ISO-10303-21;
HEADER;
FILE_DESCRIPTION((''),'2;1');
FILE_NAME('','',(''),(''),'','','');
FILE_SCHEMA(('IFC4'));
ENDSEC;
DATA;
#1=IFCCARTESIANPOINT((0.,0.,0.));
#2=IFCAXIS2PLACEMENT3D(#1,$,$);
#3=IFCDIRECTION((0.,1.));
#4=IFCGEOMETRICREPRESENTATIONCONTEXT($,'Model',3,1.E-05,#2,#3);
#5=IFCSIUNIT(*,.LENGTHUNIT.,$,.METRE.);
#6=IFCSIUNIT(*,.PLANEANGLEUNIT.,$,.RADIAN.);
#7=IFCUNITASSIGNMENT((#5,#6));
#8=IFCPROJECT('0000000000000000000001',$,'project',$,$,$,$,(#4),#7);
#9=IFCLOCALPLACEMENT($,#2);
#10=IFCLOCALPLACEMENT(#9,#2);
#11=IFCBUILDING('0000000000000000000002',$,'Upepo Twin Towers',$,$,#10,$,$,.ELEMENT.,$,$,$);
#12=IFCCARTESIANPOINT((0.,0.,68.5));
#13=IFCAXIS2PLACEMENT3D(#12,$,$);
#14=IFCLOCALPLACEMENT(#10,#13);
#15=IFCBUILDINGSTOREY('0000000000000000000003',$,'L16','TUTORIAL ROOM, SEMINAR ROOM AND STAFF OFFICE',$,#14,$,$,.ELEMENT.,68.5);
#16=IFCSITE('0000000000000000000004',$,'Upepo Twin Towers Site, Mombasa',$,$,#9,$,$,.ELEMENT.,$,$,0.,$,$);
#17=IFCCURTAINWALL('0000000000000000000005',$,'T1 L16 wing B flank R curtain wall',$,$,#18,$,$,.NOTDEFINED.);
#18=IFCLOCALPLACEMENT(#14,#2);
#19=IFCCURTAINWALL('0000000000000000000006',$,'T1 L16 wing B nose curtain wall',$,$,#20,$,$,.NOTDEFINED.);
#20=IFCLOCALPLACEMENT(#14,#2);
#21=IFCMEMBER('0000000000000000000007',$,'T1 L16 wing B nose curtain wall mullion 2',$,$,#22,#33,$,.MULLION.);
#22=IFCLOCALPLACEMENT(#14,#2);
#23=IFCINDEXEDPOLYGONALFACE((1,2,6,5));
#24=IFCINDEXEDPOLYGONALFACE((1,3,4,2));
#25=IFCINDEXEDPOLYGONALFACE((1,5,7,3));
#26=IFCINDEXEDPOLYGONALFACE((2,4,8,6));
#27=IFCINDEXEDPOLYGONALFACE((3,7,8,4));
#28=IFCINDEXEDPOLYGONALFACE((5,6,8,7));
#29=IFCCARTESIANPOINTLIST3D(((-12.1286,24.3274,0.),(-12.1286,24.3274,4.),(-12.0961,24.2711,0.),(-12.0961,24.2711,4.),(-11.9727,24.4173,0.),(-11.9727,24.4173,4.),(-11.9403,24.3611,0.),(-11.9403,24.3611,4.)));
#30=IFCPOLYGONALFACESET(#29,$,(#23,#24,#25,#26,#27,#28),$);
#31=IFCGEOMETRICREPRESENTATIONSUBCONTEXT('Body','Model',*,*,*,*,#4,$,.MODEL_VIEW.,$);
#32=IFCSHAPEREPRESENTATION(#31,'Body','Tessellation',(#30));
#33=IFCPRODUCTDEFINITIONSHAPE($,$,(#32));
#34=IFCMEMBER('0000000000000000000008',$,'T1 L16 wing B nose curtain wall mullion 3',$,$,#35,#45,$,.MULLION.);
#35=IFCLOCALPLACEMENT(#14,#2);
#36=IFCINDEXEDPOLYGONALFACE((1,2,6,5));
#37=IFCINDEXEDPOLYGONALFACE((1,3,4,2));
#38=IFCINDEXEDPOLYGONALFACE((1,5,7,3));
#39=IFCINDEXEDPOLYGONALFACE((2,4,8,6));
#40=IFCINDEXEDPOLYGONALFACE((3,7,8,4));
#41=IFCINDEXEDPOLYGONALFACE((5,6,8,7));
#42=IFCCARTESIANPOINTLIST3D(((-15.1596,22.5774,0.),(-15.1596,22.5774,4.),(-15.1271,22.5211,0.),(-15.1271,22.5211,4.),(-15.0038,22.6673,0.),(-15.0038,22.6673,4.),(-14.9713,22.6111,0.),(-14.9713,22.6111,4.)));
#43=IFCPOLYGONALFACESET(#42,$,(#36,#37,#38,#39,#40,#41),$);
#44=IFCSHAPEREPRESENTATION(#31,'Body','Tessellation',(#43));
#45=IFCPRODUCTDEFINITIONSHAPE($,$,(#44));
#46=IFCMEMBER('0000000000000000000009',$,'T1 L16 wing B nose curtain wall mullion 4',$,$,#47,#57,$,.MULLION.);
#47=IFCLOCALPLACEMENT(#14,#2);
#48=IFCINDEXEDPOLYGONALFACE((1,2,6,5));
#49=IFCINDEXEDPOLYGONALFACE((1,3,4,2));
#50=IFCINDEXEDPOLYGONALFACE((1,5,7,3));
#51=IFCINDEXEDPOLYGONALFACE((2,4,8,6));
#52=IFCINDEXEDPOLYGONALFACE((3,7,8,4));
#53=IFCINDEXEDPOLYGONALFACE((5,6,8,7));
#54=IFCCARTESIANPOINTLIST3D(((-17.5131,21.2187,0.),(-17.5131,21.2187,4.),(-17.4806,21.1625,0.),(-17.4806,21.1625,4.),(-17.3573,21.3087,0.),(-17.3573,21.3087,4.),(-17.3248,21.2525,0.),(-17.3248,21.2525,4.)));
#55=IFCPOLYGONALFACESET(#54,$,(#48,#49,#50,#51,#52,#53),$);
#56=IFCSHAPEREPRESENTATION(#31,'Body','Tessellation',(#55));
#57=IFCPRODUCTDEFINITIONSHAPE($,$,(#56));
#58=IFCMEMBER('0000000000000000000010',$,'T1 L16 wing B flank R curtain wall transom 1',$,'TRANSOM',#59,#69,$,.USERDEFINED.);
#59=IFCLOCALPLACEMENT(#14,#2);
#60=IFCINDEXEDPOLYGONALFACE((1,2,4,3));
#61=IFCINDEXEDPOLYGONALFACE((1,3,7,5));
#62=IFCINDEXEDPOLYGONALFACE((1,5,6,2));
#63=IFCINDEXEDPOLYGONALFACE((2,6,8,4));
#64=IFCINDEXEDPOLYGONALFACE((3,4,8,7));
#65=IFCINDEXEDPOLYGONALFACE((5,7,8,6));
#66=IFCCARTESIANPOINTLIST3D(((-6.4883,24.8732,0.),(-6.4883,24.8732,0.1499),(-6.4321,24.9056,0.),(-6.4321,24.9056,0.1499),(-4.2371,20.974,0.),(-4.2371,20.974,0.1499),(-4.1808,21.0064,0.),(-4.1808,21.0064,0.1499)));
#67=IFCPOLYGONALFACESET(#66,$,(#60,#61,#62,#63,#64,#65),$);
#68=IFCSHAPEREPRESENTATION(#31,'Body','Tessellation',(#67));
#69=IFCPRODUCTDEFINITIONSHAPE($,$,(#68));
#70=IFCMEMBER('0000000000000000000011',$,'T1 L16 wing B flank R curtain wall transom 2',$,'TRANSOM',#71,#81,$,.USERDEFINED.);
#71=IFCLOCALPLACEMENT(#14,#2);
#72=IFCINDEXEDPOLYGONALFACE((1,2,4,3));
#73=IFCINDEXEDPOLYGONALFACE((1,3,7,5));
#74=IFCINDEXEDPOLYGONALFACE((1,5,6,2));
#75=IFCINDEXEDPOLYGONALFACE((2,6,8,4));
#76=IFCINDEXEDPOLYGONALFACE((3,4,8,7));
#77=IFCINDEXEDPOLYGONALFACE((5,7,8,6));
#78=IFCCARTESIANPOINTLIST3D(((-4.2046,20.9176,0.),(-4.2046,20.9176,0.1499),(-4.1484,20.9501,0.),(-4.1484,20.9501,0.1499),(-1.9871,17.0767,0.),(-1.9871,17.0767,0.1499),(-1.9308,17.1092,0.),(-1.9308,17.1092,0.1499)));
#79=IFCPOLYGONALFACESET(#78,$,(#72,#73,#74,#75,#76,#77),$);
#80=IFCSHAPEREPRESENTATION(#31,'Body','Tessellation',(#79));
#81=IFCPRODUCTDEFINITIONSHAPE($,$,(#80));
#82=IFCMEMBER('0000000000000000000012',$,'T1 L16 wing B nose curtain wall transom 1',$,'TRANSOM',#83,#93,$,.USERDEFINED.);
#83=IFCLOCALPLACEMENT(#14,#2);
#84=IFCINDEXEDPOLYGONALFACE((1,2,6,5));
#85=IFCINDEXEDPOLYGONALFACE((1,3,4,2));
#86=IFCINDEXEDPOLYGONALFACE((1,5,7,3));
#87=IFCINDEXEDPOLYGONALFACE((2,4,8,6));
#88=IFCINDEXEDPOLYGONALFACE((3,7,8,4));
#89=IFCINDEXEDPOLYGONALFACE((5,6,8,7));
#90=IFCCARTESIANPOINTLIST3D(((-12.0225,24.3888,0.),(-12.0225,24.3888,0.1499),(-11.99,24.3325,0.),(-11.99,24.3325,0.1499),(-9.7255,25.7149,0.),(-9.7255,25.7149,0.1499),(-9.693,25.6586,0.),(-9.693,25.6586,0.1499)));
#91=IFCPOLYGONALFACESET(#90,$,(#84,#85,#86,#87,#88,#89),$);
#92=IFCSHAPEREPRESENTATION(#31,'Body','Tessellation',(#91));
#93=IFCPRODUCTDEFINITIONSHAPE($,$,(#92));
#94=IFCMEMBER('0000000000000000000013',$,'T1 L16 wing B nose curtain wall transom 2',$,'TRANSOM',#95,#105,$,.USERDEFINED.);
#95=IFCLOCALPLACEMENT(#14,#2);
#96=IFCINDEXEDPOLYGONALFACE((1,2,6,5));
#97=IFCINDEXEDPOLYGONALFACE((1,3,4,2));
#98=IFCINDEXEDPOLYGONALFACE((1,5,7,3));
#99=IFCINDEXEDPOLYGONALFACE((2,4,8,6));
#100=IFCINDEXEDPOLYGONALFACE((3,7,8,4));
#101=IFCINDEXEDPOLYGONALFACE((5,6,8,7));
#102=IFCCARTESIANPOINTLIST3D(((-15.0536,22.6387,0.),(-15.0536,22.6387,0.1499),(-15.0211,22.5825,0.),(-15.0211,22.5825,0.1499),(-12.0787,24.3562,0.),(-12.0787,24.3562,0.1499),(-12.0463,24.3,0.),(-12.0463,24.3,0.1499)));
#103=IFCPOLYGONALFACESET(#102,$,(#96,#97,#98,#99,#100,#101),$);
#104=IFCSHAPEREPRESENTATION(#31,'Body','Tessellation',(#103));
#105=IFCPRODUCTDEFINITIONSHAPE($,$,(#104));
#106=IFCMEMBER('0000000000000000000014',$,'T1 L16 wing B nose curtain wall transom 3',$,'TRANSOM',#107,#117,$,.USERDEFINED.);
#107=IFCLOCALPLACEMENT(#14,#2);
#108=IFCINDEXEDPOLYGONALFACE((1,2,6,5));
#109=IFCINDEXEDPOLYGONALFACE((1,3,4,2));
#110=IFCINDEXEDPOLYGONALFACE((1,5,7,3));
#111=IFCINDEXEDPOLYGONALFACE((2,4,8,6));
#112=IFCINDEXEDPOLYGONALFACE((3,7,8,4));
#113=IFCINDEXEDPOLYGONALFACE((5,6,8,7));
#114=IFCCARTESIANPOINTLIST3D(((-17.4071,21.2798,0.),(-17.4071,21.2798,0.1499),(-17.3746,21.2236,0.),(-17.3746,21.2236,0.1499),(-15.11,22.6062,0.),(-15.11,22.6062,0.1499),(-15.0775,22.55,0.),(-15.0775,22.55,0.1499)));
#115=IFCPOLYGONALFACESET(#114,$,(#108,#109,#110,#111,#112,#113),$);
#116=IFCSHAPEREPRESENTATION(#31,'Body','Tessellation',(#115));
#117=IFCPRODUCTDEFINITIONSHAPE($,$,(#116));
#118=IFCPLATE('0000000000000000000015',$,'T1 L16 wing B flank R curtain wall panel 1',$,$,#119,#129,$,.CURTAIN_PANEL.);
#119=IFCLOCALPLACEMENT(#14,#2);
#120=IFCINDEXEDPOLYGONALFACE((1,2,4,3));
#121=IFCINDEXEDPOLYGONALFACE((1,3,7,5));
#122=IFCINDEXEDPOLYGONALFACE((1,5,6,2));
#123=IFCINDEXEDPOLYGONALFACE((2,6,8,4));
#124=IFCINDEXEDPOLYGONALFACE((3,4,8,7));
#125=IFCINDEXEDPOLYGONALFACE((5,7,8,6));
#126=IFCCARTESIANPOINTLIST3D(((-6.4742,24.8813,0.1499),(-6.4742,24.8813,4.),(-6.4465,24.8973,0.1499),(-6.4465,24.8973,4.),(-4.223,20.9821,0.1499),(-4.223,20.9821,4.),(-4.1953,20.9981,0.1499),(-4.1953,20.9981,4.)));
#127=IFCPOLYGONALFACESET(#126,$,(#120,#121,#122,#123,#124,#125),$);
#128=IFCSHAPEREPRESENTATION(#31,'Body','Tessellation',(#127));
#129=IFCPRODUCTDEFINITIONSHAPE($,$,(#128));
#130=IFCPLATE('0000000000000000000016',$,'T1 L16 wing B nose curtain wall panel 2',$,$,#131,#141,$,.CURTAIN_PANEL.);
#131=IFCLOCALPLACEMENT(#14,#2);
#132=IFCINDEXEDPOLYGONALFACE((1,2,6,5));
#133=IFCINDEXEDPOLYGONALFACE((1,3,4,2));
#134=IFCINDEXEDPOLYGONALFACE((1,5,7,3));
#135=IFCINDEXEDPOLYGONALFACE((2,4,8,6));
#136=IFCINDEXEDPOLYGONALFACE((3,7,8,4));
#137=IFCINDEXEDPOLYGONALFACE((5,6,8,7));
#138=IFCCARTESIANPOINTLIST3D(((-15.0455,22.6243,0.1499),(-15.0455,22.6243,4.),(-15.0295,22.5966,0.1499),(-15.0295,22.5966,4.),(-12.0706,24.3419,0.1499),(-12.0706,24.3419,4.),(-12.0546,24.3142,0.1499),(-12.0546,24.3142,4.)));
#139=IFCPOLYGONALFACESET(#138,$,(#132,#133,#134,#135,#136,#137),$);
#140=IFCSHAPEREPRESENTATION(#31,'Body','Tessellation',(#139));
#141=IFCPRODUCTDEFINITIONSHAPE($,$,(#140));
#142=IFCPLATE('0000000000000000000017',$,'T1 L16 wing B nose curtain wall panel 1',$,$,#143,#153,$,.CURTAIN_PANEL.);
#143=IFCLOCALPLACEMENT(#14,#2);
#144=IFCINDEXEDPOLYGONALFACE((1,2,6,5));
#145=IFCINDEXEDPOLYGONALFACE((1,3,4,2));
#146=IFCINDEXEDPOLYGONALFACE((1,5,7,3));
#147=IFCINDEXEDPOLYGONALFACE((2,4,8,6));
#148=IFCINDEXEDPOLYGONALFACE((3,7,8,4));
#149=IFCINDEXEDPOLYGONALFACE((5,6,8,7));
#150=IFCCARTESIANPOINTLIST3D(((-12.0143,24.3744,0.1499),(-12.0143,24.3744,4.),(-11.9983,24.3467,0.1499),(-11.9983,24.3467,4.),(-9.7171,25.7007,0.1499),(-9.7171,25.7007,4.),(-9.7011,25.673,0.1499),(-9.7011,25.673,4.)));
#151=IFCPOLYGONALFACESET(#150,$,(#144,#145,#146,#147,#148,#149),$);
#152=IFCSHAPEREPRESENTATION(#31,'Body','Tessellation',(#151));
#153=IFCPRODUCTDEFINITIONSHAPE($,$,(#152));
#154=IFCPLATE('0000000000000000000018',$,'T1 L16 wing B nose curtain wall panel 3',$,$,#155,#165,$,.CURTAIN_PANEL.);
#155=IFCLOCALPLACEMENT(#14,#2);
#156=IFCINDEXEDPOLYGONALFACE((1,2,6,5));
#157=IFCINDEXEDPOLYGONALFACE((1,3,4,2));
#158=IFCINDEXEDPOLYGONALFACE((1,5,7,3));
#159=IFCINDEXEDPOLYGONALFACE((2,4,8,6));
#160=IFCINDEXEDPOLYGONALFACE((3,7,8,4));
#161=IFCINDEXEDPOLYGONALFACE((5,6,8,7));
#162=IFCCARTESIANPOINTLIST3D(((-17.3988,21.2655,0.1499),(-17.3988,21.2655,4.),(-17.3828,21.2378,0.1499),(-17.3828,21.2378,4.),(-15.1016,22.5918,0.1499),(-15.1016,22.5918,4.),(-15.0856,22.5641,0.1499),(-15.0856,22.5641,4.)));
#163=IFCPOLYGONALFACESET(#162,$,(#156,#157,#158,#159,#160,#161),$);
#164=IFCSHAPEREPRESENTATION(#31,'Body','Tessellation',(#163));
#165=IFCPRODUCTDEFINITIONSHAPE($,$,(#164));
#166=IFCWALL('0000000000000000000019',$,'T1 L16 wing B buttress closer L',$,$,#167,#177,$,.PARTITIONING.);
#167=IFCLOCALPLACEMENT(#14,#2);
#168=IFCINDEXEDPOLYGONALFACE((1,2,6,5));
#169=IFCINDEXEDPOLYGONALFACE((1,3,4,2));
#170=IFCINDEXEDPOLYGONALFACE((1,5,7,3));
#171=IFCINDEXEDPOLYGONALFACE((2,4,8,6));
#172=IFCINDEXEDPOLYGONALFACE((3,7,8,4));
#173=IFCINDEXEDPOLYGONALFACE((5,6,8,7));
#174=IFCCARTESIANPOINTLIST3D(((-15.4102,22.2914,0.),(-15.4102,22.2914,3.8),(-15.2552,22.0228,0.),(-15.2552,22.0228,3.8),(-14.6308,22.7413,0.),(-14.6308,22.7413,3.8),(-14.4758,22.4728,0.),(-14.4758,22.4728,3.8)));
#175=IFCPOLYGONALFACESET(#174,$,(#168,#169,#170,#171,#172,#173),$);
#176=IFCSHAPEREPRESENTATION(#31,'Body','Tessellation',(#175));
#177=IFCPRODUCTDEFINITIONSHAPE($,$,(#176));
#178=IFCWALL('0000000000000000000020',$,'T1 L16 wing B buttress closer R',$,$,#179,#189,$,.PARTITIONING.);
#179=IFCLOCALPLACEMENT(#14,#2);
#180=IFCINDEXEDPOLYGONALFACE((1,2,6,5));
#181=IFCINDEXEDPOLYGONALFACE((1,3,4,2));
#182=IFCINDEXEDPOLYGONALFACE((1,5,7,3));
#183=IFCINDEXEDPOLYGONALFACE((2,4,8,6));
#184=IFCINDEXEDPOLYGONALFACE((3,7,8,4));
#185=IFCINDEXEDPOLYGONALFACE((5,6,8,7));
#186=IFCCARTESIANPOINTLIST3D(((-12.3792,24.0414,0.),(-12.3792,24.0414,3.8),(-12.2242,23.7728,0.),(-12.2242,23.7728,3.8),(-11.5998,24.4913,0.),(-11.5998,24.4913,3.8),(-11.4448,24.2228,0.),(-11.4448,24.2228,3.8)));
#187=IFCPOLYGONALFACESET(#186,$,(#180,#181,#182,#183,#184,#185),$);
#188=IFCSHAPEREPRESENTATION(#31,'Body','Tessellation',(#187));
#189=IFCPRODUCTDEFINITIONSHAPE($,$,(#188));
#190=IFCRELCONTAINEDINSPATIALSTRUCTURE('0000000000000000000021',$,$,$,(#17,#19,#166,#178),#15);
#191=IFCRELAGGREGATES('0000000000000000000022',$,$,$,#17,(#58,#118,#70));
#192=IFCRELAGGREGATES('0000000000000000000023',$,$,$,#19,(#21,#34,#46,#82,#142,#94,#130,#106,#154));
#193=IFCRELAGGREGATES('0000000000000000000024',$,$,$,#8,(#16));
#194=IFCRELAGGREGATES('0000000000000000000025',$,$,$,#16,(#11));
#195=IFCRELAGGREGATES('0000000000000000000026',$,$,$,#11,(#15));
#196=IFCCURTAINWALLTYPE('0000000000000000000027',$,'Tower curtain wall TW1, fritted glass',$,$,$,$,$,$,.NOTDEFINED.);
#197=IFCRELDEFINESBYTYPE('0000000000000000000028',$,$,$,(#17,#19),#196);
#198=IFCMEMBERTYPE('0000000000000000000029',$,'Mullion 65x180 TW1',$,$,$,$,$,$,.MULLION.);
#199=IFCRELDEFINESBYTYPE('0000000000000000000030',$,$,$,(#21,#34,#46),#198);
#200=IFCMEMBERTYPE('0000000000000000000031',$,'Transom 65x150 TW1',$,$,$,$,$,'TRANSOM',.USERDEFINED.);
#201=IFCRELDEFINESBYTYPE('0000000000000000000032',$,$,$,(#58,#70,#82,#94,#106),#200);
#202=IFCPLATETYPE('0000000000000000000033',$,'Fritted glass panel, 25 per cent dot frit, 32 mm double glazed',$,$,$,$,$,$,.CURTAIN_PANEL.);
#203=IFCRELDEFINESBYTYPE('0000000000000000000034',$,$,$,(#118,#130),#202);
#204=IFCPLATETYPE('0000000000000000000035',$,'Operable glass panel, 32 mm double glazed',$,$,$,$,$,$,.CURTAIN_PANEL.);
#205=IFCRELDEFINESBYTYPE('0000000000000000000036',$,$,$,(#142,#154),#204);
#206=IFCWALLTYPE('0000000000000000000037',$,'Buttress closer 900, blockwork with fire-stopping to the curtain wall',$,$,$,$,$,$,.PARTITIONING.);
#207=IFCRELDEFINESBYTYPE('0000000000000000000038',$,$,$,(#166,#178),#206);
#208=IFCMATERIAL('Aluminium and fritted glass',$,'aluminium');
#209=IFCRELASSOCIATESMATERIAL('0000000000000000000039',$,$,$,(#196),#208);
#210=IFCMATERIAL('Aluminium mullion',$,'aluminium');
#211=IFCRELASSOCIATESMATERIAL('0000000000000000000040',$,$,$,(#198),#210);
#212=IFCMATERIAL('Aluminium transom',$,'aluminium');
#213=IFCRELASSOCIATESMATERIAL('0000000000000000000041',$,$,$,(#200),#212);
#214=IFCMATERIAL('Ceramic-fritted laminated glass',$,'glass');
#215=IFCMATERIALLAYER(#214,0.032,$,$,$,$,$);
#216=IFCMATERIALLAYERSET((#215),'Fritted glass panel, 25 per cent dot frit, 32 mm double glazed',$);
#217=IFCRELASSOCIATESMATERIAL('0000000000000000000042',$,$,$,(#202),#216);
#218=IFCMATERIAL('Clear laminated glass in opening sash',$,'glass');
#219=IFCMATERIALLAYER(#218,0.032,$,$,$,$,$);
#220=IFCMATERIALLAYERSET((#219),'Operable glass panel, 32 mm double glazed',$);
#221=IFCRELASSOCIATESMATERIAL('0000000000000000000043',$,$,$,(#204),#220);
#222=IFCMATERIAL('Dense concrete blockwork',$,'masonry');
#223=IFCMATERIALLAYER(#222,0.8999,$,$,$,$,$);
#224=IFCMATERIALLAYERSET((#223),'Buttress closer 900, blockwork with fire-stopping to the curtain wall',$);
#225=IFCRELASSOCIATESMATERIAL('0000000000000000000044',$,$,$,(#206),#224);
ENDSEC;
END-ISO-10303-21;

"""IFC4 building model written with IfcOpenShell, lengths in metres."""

from ifc_helpers import new_model, si_unit, direction, frame, frame_2d, origin, origin_2d, place, context, subcontext, project, spatial, rectangle, extrude, material, layer, layer_set, material_profile, profile_set, type_object, element, aggregate, save


model = new_model("IFC4")

# Units and contexts
model_context = context("Model", 3, precision=1e-05, world=origin(), true_north=direction((0.0, 1.0)))
body_context = subcontext(model_context, "Body", "Model", "MODEL_VIEW")
ifc_project = project(units=[si_unit("LENGTHUNIT", "METRE"), si_unit("PLANEANGLEUNIT", "RADIAN")], contexts=[model_context])

# Site, building, storey
site_placement = place(None, origin())
site = spatial("IfcSite", under=ifc_project, at=site_placement, Name="Upepo Twin Towers Site, Mombasa", CompositionType="ELEMENT", RefElevation=0.0)
building_placement = place(site_placement, origin())
building = spatial("IfcBuilding", under=site, at=building_placement, Name="Upepo Twin Towers", CompositionType="ELEMENT")
storey_placement = place(building_placement, frame((0.0, 0.0, 68.5)))
storey = spatial("IfcBuildingStorey", under=building, at=storey_placement, Name="L16", Description="TUTORIAL ROOM, SEMINAR ROOM AND STAFF OFFICE", CompositionType="ELEMENT", Elevation=68.5)

# Shared definitions
ifc_material_1 = material(Name="Aluminium and fritted glass", Category="aluminium")
curtain_wall_type = type_object("IfcCurtainWallType", Name="Tower curtain wall TW1, fritted glass", PredefinedType="NOTDEFINED", material=ifc_material_1)
ifc_material_2 = material(Name="Aluminium mullion", Category="aluminium")
ifc_material_profile_1 = material_profile(ifc_material_2, rectangle(XDim=0.0649, YDim=0.1799, at=origin_2d()), Name="MULLION 65x180")
ifc_profile_set_1 = profile_set([ifc_material_profile_1], Name="Aluminium mullion")
member_type_1 = type_object("IfcMemberType", Name="Mullion 65x180 TW1", PredefinedType="MULLION", material=ifc_profile_set_1)

# Curtain walls, members
curtain_wall_1_placement = place(storey_placement, origin())
curtain_wall_1 = element("IfcCurtainWall", 1, at=curtain_wall_1_placement, inside=storey, type_object=curtain_wall_type, Name="T1 L16 wing B flank R curtain wall", PredefinedType="NOTDEFINED")
curtain_wall_2_placement = place(storey_placement, origin())
curtain_wall_2 = element("IfcCurtainWall", 2, at=curtain_wall_2_placement, inside=storey, type_object=curtain_wall_type, Name="T1 L16 wing B nose curtain wall", PredefinedType="NOTDEFINED")
member_1_placement = place(storey_placement, frame((-12.0344, 24.3442, 0.0), z_axis=(0.0, 0.0, 1.0), x_axis=(0.5, -0.866025, 0.0)))
member_1 = element("IfcMember", 3, at=member_1_placement, type_object=member_type_1, Name="T1 L16 wing B nose curtain wall mullion 2", PredefinedType="MULLION", context=body_context, shape_type="SweptSolid", body=[
    extrude(rectangle(XDim=0.0649, YDim=0.1799, at=origin_2d()), origin(), (0.0, 0.0, 1.0), 4.0),
])
member_2_placement = place(storey_placement, frame((-15.0654, 22.5942, 0.0), z_axis=(0.0, 0.0, 1.0), x_axis=(0.5, -0.866025, 0.0)))
member_2 = element("IfcMember", 4, at=member_2_placement, type_object=member_type_1, Name="T1 L16 wing B nose curtain wall mullion 3", PredefinedType="MULLION", context=body_context, shape_type="SweptSolid", body=[
    extrude(rectangle(XDim=0.0649, YDim=0.1799, at=origin_2d()), origin(), (0.0, 0.0, 1.0), 4.0),
])
member_3_placement = place(storey_placement, frame((-17.4189, 21.2356, 0.0), z_axis=(0.0, 0.0, 1.0), x_axis=(0.5, -0.866025, 0.0)))
member_3 = element("IfcMember", 5, at=member_3_placement, type_object=member_type_1, Name="T1 L16 wing B nose curtain wall mullion 4", PredefinedType="MULLION", context=body_context, shape_type="SweptSolid", body=[
    extrude(rectangle(XDim=0.0649, YDim=0.1799, at=origin_2d()), origin(), (0.0, 0.0, 1.0), 4.0),
])

# Members
ifc_material_3 = material(Name="Aluminium transom", Category="aluminium")
ifc_material_profile_2 = material_profile(ifc_material_3, rectangle(XDim=0.0649, YDim=0.1499, at=origin_2d()), Name="TRANSOM 65x150")
ifc_profile_set_2 = profile_set([ifc_material_profile_2], Name="Aluminium transom")
member_type_2 = type_object("IfcMemberType", Name="Transom 65x150 TW1", ElementType="TRANSOM", PredefinedType="USERDEFINED", material=ifc_profile_set_2)
member_4_placement = place(storey_placement, frame((-6.4602, 24.8894, 0.075), z_axis=(0.500006, -0.866022, 0.0), x_axis=(0.866022, 0.500006, 0.0)))
member_4 = element("IfcMember", 6, at=member_4_placement, type_object=member_type_2, Name="T1 L16 wing B flank R curtain wall transom 1", ObjectType="TRANSOM", PredefinedType="USERDEFINED", context=body_context, shape_type="SweptSolid", body=[
    extrude(rectangle(XDim=0.0649, YDim=0.1499, at=origin_2d()), origin(), (0.0, 0.0, 1.0), 4.5024),
])
member_5_placement = place(storey_placement, frame((-4.1765, 20.9338, 0.075), z_axis=(0.500005, -0.866022, 0.0), x_axis=(0.866022, 0.500005, 0.0)))
member_5 = element("IfcMember", 7, at=member_5_placement, type_object=member_type_2, Name="T1 L16 wing B flank R curtain wall transom 2", ObjectType="TRANSOM", PredefinedType="USERDEFINED", context=body_context, shape_type="SweptSolid", body=[
    extrude(rectangle(XDim=0.0649, YDim=0.1499, at=origin_2d()), origin(), (0.0, 0.0, 1.0), 4.4351),
])
member_6_placement = place(storey_placement, frame((-9.7092, 25.6868, 0.075), z_axis=(-0.866037, -0.49998, 0.0), x_axis=(0.49998, -0.866037, 0.0)))
member_6 = element("IfcMember", 8, at=member_6_placement, type_object=member_type_2, Name="T1 L16 wing B nose curtain wall transom 1", ObjectType="TRANSOM", PredefinedType="USERDEFINED", context=body_context, shape_type="SweptSolid", body=[
    extrude(rectangle(XDim=0.0649, YDim=0.1499, at=origin_2d()), origin(), (0.0, 0.0, 1.0), 2.6523),
])
member_7_placement = place(storey_placement, frame((-12.0625, 24.3281, 0.075), z_axis=(-0.866026, -0.499999, 0.0), x_axis=(0.499999, -0.866026, 0.0)))
member_7 = element("IfcMember", 9, at=member_7_placement, type_object=member_type_2, Name="T1 L16 wing B nose curtain wall transom 2", ObjectType="TRANSOM", PredefinedType="USERDEFINED", context=body_context, shape_type="SweptSolid", body=[
    extrude(rectangle(XDim=0.0649, YDim=0.1499, at=origin_2d()), origin(), (0.0, 0.0, 1.0), 3.4351),
])
member_8_placement = place(storey_placement, frame((-15.0938, 22.5781, 0.075), z_axis=(-0.865997, -0.500049, 0.0), x_axis=(0.500049, -0.865997, 0.0)))
member_8 = element("IfcMember", 10, at=member_8_placement, type_object=member_type_2, Name="T1 L16 wing B nose curtain wall transom 3", ObjectType="TRANSOM", PredefinedType="USERDEFINED", context=body_context, shape_type="SweptSolid", body=[
    extrude(rectangle(XDim=0.0649, YDim=0.1499, at=origin_2d()), origin(), (0.0, 0.0, 1.0), 2.6526),
])

# Plates
ifc_material_4 = material(Name="Ceramic-fritted laminated glass", Category="glass")
ifc_layer_1 = layer(ifc_material_4, 0.032)
ifc_layer_set_1 = layer_set([ifc_layer_1], Name="Fritted glass panel, 25 per cent dot frit, 32 mm double glazed")
plate_type_1 = type_object("IfcPlateType", Name="Fritted glass panel, 25 per cent dot frit, 32 mm double glazed", PredefinedType="CURTAIN_PANEL", material=ifc_layer_set_1)
plate_1_placement = place(storey_placement, frame((-5.3347, 22.9397, 0.1499), z_axis=(0.0, 0.0, 1.0), x_axis=(0.5, -0.866025, 0.0)))
plate_1 = element("IfcPlate", 11, at=plate_1_placement, type_object=plate_type_1, Name="T1 L16 wing B flank R curtain wall panel 1", PredefinedType="CURTAIN_PANEL", context=body_context, shape_type="SweptSolid", body=[
    extrude(rectangle(XDim=4.5024, YDim=0.032, at=origin_2d()), origin(), (0.0, 0.0, 1.0), 3.8501),
])
aggregate(curtain_wall_1, [member_4, plate_1, member_5])
plate_2_placement = place(storey_placement, frame((-13.55, 23.4692, 0.1499), z_axis=(0.0, 0.0, 1.0), x_axis=(-0.866025, -0.5, 0.0)))
plate_2 = element("IfcPlate", 12, at=plate_2_placement, type_object=plate_type_1, Name="T1 L16 wing B nose curtain wall panel 2", PredefinedType="CURTAIN_PANEL", context=body_context, shape_type="SweptSolid", body=[
    extrude(rectangle(XDim=3.4351, YDim=0.032, at=origin_2d()), origin(), (0.0, 0.0, 1.0), 3.8501),
])
ifc_material_5 = material(Name="Clear laminated glass in opening sash", Category="glass")
ifc_layer_2 = layer(ifc_material_5, 0.032)
ifc_layer_set_2 = layer_set([ifc_layer_2], Name="Operable glass panel, 32 mm double glazed")
plate_type_2 = type_object("IfcPlateType", Name="Operable glass panel, 32 mm double glazed", PredefinedType="CURTAIN_PANEL", material=ifc_layer_set_2)
plate_3_placement = place(storey_placement, frame((-10.8577, 25.0237, 0.1499), z_axis=(0.0, 0.0, 1.0), x_axis=(-0.866025, -0.5, 0.0)))
plate_3 = element("IfcPlate", 13, at=plate_3_placement, type_object=plate_type_2, Name="T1 L16 wing B nose curtain wall panel 1", PredefinedType="CURTAIN_PANEL", context=body_context, shape_type="SweptSolid", body=[
    extrude(rectangle(XDim=2.6526, YDim=0.032, at=origin_2d()), origin(), (0.0, 0.0, 1.0), 3.8501),
])
plate_4_placement = place(storey_placement, frame((-16.2422, 21.9148, 0.1499), z_axis=(0.0, 0.0, 1.0), x_axis=(-0.866025, -0.5, 0.0)))
plate_4 = element("IfcPlate", 14, at=plate_4_placement, type_object=plate_type_2, Name="T1 L16 wing B nose curtain wall panel 3", PredefinedType="CURTAIN_PANEL", context=body_context, shape_type="SweptSolid", body=[
    extrude(rectangle(XDim=2.6526, YDim=0.032, at=origin_2d()), origin(), (0.0, 0.0, 1.0), 3.8501),
])
aggregate(curtain_wall_2, [member_1, member_2, member_3, member_6, plate_3, member_7, plate_2, member_8, plate_4])

# Walls
ifc_material_6 = material(Name="Dense concrete blockwork", Category="masonry")
ifc_layer_3 = layer(ifc_material_6, 0.8999)
ifc_layer_set_3 = layer_set([ifc_layer_3], Name="Buttress closer 900, blockwork with fire-stopping to the curtain wall")
wall_type_1 = type_object("IfcWallType", Name="Buttress closer 900, blockwork with fire-stopping to the curtain wall", PredefinedType="PARTITIONING", material=ifc_layer_set_3)
for number, where, z_axis, x_axis, name in (
    (15, (-14.8655, 22.2478, 0.0), (0.0, 0.0, 1.0), (-0.49995, 0.866054, 0.0), "T1 L16 wing B buttress closer L"),
    (16, (-11.8345, 23.9978, 0.0), (0.0, 0.0, 1.0), (-0.49995, 0.866054, 0.0), "T1 L16 wing B buttress closer R"),
):
    element("IfcWall", number, at=place(storey_placement, frame(where, z_axis=z_axis, x_axis=x_axis)), inside=storey, type_object=wall_type_1, Name=name, PredefinedType="PARTITIONING", context=body_context, shape_type="SweptSolid", body=[
        extrude(rectangle(XDim=0.3101, YDim=0.8999, at=frame_2d((0.155, 0.0))), origin(), (0.0, 0.0, 1.0), 3.8),
    ])

save(model, "model.ifc")
